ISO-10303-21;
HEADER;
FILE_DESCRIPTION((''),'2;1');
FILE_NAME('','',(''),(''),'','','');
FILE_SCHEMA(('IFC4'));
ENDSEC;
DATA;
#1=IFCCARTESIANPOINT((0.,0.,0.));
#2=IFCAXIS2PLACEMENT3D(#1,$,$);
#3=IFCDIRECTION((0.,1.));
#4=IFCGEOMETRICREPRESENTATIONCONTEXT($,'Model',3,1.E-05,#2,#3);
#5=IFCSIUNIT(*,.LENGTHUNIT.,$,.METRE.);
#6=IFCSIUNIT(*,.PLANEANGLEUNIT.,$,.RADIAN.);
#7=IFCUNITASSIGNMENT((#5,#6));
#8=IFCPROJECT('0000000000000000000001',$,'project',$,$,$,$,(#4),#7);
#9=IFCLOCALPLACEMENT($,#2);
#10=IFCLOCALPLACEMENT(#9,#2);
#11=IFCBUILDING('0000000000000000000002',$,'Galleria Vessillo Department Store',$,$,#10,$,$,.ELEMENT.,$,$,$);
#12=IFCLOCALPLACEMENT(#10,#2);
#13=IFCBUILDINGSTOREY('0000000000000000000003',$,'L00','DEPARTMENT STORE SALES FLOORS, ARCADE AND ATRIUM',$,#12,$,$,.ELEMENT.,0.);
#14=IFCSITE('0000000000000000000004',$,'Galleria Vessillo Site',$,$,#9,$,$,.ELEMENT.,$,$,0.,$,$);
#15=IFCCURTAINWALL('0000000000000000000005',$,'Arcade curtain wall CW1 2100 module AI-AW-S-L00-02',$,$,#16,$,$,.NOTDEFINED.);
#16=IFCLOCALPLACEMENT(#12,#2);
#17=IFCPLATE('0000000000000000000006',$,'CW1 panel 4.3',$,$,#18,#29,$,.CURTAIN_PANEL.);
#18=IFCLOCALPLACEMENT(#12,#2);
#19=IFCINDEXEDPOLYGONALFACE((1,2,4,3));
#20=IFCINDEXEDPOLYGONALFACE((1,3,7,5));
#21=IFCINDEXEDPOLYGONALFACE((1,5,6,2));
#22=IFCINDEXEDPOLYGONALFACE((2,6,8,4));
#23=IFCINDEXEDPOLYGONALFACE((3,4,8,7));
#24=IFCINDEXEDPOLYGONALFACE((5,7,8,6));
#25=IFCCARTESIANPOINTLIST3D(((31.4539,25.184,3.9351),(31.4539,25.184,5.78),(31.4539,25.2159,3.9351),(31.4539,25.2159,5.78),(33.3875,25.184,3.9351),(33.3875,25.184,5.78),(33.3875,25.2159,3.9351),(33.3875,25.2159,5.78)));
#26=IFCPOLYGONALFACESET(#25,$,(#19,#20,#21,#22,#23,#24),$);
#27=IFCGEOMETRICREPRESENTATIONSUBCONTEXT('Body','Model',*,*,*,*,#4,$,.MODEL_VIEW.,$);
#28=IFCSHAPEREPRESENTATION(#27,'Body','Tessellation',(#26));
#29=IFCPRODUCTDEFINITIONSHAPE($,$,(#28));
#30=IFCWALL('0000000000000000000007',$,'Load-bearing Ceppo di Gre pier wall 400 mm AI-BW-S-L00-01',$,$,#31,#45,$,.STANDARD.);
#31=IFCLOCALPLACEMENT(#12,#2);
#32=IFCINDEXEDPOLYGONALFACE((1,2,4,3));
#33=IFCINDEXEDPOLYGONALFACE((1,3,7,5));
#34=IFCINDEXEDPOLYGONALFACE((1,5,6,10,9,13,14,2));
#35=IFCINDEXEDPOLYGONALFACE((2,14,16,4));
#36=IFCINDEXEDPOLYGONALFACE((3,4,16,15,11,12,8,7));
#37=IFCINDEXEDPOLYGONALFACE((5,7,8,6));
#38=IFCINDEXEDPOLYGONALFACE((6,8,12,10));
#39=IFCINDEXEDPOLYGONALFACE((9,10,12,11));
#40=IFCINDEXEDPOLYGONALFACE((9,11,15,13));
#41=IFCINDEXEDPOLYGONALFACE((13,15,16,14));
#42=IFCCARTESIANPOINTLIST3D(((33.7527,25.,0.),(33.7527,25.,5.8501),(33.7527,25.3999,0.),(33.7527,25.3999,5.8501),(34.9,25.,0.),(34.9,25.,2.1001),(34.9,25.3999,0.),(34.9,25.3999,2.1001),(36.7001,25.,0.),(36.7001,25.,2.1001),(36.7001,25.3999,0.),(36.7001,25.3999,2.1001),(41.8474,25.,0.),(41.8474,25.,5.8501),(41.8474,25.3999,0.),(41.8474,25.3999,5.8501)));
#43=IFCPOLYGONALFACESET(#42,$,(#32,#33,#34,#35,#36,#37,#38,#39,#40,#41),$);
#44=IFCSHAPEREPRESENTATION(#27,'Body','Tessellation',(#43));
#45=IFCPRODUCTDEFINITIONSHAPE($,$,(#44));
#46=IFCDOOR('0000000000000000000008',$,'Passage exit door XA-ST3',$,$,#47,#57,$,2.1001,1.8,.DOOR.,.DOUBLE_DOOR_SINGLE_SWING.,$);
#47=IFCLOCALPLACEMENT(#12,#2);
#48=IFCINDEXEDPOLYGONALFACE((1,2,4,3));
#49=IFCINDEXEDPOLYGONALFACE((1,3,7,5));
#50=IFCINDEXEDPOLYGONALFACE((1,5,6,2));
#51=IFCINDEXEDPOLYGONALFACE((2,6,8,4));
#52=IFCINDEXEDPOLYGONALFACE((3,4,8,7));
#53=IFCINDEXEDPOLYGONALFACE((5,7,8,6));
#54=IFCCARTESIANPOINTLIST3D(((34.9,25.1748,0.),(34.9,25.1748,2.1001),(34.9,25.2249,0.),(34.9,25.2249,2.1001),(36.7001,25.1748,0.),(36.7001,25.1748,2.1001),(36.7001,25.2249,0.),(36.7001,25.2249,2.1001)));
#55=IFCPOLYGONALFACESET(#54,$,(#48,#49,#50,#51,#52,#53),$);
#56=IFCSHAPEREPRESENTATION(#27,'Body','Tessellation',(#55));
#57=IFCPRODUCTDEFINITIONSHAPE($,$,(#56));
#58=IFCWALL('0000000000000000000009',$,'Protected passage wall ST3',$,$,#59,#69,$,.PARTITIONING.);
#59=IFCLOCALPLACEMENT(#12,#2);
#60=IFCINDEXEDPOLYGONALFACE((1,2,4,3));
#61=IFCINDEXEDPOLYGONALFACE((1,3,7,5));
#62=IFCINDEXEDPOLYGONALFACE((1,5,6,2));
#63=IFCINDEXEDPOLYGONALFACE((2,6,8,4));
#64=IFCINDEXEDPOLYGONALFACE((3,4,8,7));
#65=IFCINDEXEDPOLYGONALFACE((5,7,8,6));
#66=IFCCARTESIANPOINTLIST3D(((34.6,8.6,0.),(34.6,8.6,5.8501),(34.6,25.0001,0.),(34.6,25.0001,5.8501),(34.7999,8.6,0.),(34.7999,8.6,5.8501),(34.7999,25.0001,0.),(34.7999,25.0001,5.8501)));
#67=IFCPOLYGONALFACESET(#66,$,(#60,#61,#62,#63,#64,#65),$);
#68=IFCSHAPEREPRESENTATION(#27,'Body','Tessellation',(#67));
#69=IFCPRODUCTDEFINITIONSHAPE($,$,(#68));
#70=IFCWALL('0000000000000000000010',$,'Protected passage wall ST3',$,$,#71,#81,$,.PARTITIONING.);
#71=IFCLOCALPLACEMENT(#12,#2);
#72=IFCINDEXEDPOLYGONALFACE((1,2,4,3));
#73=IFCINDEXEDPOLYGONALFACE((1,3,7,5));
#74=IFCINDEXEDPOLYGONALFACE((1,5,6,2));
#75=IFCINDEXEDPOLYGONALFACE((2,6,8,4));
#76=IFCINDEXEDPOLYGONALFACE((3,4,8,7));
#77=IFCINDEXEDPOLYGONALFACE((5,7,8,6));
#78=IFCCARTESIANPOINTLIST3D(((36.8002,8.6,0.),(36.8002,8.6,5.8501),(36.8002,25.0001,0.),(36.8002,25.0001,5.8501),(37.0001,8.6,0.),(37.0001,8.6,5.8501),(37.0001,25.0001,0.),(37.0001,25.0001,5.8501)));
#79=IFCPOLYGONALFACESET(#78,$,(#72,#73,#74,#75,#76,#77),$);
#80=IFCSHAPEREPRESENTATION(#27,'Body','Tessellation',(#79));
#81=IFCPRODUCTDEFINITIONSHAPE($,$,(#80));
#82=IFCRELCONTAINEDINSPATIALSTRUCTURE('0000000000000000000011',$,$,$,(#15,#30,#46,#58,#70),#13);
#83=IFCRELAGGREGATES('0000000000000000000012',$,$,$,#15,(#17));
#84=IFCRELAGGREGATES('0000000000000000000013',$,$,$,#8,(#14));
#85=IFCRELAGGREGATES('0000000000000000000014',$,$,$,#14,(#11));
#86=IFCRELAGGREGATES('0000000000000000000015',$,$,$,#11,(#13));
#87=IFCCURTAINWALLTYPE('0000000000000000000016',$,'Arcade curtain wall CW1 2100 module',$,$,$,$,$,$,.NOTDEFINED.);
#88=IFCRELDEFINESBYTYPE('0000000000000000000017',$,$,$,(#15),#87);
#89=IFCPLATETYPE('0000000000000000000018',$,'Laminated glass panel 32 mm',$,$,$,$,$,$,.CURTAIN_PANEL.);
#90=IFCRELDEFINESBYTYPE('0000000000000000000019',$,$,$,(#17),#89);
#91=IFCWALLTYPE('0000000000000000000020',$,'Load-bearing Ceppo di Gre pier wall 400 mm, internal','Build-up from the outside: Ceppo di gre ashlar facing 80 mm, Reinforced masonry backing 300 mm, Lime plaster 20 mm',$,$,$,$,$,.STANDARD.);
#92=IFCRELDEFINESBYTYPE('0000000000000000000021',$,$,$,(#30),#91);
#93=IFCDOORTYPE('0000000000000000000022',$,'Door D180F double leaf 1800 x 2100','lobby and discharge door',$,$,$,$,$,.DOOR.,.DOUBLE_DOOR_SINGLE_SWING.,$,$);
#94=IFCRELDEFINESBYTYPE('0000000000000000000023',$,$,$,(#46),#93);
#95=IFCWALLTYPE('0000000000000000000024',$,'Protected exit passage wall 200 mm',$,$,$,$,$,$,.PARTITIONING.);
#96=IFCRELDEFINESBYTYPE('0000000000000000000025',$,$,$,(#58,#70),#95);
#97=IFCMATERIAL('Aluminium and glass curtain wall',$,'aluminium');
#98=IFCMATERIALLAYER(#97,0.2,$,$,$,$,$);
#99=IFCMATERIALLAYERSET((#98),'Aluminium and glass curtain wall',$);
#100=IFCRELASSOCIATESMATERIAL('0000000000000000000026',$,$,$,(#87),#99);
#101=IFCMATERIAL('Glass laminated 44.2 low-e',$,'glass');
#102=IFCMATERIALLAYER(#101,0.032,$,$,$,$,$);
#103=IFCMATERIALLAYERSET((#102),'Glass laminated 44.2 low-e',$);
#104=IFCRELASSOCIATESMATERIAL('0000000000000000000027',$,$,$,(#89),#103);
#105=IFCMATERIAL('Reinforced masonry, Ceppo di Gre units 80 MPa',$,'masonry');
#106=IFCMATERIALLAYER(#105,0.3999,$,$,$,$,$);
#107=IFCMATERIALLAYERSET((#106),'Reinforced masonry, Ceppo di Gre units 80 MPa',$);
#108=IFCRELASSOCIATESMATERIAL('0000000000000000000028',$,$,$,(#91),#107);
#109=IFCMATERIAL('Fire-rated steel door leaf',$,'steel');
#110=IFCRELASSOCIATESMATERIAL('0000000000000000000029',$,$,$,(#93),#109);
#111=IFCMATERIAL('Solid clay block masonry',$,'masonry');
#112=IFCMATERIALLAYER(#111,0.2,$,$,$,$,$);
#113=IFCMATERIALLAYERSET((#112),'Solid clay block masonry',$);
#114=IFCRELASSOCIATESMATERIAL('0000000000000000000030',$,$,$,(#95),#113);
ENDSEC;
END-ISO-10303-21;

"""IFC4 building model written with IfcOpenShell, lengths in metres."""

from ifc_helpers import new_model, si_unit, direction, frame, frame_2d, origin, origin_2d, place, context, subcontext, project, spatial, rectangle, extrude, material, layer, layer_set, type_object, element, fill, aggregate, save


model = new_model("IFC4")

# Units and contexts
model_context = context("Model", 3, precision=1e-05, world=origin(), true_north=direction((0.0, 1.0)))
body_context = subcontext(model_context, "Body", "Model", "MODEL_VIEW")
ifc_project = project(units=[si_unit("LENGTHUNIT", "METRE"), si_unit("PLANEANGLEUNIT", "RADIAN")], contexts=[model_context])

# Site, building, storey
site_placement = place(None, origin())
site = spatial("IfcSite", under=ifc_project, at=site_placement, Name="Galleria Vessillo Site", CompositionType="ELEMENT", RefElevation=0.0)
building_placement = place(site_placement, origin())
building = spatial("IfcBuilding", under=site, at=building_placement, Name="Galleria Vessillo Department Store", CompositionType="ELEMENT")
storey_placement = place(building_placement, origin())
storey = spatial("IfcBuildingStorey", under=building, at=storey_placement, Name="L00", Description="DEPARTMENT STORE SALES FLOORS, ARCADE AND ATRIUM", CompositionType="ELEMENT", Elevation=0.0)

# Curtain wall
ifc_material_1 = material(Name="Aluminium and glass curtain wall", Category="aluminium")
ifc_layer_1 = layer(ifc_material_1, 0.2)
ifc_layer_set_1 = layer_set([ifc_layer_1], Name="Aluminium and glass curtain wall")
curtain_wall_type = type_object("IfcCurtainWallType", Name="Arcade curtain wall CW1 2100 module", PredefinedType="NOTDEFINED", material=ifc_layer_set_1)
curtain_wall_placement = place(storey_placement, origin())
curtain_wall = element("IfcCurtainWall", 1, at=curtain_wall_placement, inside=storey, type_object=curtain_wall_type, Name="Arcade curtain wall CW1 2100 module AI-AW-S-L00-02", PredefinedType="NOTDEFINED")

# Plate
ifc_material_2 = material(Name="Glass laminated 44.2 low-e", Category="glass")
ifc_layer_2 = layer(ifc_material_2, 0.032)
ifc_layer_set_2 = layer_set([ifc_layer_2], Name="Glass laminated 44.2 low-e")
plate_type = type_object("IfcPlateType", Name="Laminated glass panel 32 mm", PredefinedType="CURTAIN_PANEL", material=ifc_layer_set_2)
plate_placement = place(storey_placement, frame((32.4207, 25.2, 3.9351), z_axis=(0.0, 0.0, 1.0), x_axis=(1.0, 0.0, 0.0)))
plate = element("IfcPlate", 2, at=plate_placement, type_object=plate_type, Name="CW1 panel 4.3", PredefinedType="CURTAIN_PANEL", context=body_context, shape_type="SweptSolid", body=[
    extrude(rectangle(XDim=1.9336, YDim=0.032, at=origin_2d()), origin(), (0.0, 0.0, 1.0), 1.845),
])
aggregate(curtain_wall, [plate])

# Wall, opening, door
ifc_material_3 = material(Name="Reinforced masonry, Ceppo di Gre units 80 MPa", Category="masonry")
ifc_layer_3 = layer(ifc_material_3, 0.3999)
ifc_layer_set_3 = layer_set([ifc_layer_3], Name="Reinforced masonry, Ceppo di Gre units 80 MPa")
wall_type_1 = type_object("IfcWallType", Name="Load-bearing Ceppo di Gre pier wall 400 mm, internal", Description="Build-up from the outside: Ceppo di gre ashlar facing 80 mm, Reinforced masonry backing 300 mm, Lime plaster 20 mm", PredefinedType="STANDARD", material=ifc_layer_set_3)
wall_placement = place(storey_placement, frame((33.7527, 25.2, 0.0), z_axis=(0.0, 0.0, 1.0), x_axis=(1.0, 0.0, 0.0)))
wall = element("IfcWall", 3, at=wall_placement, inside=storey, type_object=wall_type_1, Name="Load-bearing Ceppo di Gre pier wall 400 mm AI-BW-S-L00-01", PredefinedType="STANDARD", context=body_context, shape_type="SweptSolid", body=[
    extrude(rectangle(XDim=8.0947, YDim=0.3999, at=frame_2d((4.0474, 0.0))), origin(), (0.0, 0.0, 1.0), 5.8501),
])
opening_placement = place(wall_placement, frame((1.1475, 0.0, 0.0)))
opening = element("IfcOpeningElement", 4, at=opening_placement, cuts=wall, PredefinedType="OPENING", context=body_context, shape_type="SweptSolid", body=[
    extrude(rectangle(XDim=1.8, YDim=2.1001, at=frame_2d((0.8999, 1.05))), frame((0.0, 0.21, 0.0), z_axis=(0.0, -1.0, 0.0), x_axis=(1.0, 0.0, 0.0)), (0.0, 0.0, 1.0), 0.4199),
])
ifc_material_4 = material(Name="Fire-rated steel door leaf", Category="steel")
door_type = type_object("IfcDoorType", Name="Door D180F double leaf 1800 x 2100", Description="lobby and discharge door", OperationType="DOUBLE_DOOR_SINGLE_SWING", PredefinedType="DOOR", material=ifc_material_4)
door_placement = place(opening_placement, origin())
door = element("IfcDoor", 5, at=door_placement, inside=storey, type_object=door_type, Name="Passage exit door XA-ST3", OperationType="DOUBLE_DOOR_SINGLE_SWING", OverallHeight=2.1001, OverallWidth=1.8, PredefinedType="DOOR", context=body_context, shape_type="SweptSolid", body=[
    extrude(rectangle(XDim=1.8, YDim=2.1001, at=frame_2d((0.8999, 1.05))), frame((0.0, 0.0249, 0.0), z_axis=(0.0, -1.0, 0.0), x_axis=(1.0, 0.0, 0.0)), (0.0, 0.0, 1.0), 0.05),
])
fill(opening, door)

# Walls
ifc_material_5 = material(Name="Solid clay block masonry", Category="masonry")
ifc_layer_4 = layer(ifc_material_5, 0.2)
ifc_layer_set_4 = layer_set([ifc_layer_4], Name="Solid clay block masonry")
wall_type_2 = type_object("IfcWallType", Name="Protected exit passage wall 200 mm", PredefinedType="PARTITIONING", material=ifc_layer_set_4)
for number, where, z_axis, x_axis, name in (
    (6, (34.7, 8.5999, 0.0), (0.0, 0.0, 1.0), (0.0, 1.0, 0.0), "Protected passage wall ST3"),
    (7, (36.9001, 8.5999, 0.0), (0.0, 0.0, 1.0), (0.0, 1.0, 0.0), "Protected passage wall ST3"),
):
    element("IfcWall", number, at=place(storey_placement, frame(where, z_axis=z_axis, x_axis=x_axis)), inside=storey, type_object=wall_type_2, Name=name, PredefinedType="PARTITIONING", context=body_context, shape_type="SweptSolid", body=[
        extrude(rectangle(XDim=16.4001, YDim=0.2, at=frame_2d((8.2002, 0.0))), origin(), (0.0, 0.0, 1.0), 5.8501),
    ])

save(model, "model.ifc")
